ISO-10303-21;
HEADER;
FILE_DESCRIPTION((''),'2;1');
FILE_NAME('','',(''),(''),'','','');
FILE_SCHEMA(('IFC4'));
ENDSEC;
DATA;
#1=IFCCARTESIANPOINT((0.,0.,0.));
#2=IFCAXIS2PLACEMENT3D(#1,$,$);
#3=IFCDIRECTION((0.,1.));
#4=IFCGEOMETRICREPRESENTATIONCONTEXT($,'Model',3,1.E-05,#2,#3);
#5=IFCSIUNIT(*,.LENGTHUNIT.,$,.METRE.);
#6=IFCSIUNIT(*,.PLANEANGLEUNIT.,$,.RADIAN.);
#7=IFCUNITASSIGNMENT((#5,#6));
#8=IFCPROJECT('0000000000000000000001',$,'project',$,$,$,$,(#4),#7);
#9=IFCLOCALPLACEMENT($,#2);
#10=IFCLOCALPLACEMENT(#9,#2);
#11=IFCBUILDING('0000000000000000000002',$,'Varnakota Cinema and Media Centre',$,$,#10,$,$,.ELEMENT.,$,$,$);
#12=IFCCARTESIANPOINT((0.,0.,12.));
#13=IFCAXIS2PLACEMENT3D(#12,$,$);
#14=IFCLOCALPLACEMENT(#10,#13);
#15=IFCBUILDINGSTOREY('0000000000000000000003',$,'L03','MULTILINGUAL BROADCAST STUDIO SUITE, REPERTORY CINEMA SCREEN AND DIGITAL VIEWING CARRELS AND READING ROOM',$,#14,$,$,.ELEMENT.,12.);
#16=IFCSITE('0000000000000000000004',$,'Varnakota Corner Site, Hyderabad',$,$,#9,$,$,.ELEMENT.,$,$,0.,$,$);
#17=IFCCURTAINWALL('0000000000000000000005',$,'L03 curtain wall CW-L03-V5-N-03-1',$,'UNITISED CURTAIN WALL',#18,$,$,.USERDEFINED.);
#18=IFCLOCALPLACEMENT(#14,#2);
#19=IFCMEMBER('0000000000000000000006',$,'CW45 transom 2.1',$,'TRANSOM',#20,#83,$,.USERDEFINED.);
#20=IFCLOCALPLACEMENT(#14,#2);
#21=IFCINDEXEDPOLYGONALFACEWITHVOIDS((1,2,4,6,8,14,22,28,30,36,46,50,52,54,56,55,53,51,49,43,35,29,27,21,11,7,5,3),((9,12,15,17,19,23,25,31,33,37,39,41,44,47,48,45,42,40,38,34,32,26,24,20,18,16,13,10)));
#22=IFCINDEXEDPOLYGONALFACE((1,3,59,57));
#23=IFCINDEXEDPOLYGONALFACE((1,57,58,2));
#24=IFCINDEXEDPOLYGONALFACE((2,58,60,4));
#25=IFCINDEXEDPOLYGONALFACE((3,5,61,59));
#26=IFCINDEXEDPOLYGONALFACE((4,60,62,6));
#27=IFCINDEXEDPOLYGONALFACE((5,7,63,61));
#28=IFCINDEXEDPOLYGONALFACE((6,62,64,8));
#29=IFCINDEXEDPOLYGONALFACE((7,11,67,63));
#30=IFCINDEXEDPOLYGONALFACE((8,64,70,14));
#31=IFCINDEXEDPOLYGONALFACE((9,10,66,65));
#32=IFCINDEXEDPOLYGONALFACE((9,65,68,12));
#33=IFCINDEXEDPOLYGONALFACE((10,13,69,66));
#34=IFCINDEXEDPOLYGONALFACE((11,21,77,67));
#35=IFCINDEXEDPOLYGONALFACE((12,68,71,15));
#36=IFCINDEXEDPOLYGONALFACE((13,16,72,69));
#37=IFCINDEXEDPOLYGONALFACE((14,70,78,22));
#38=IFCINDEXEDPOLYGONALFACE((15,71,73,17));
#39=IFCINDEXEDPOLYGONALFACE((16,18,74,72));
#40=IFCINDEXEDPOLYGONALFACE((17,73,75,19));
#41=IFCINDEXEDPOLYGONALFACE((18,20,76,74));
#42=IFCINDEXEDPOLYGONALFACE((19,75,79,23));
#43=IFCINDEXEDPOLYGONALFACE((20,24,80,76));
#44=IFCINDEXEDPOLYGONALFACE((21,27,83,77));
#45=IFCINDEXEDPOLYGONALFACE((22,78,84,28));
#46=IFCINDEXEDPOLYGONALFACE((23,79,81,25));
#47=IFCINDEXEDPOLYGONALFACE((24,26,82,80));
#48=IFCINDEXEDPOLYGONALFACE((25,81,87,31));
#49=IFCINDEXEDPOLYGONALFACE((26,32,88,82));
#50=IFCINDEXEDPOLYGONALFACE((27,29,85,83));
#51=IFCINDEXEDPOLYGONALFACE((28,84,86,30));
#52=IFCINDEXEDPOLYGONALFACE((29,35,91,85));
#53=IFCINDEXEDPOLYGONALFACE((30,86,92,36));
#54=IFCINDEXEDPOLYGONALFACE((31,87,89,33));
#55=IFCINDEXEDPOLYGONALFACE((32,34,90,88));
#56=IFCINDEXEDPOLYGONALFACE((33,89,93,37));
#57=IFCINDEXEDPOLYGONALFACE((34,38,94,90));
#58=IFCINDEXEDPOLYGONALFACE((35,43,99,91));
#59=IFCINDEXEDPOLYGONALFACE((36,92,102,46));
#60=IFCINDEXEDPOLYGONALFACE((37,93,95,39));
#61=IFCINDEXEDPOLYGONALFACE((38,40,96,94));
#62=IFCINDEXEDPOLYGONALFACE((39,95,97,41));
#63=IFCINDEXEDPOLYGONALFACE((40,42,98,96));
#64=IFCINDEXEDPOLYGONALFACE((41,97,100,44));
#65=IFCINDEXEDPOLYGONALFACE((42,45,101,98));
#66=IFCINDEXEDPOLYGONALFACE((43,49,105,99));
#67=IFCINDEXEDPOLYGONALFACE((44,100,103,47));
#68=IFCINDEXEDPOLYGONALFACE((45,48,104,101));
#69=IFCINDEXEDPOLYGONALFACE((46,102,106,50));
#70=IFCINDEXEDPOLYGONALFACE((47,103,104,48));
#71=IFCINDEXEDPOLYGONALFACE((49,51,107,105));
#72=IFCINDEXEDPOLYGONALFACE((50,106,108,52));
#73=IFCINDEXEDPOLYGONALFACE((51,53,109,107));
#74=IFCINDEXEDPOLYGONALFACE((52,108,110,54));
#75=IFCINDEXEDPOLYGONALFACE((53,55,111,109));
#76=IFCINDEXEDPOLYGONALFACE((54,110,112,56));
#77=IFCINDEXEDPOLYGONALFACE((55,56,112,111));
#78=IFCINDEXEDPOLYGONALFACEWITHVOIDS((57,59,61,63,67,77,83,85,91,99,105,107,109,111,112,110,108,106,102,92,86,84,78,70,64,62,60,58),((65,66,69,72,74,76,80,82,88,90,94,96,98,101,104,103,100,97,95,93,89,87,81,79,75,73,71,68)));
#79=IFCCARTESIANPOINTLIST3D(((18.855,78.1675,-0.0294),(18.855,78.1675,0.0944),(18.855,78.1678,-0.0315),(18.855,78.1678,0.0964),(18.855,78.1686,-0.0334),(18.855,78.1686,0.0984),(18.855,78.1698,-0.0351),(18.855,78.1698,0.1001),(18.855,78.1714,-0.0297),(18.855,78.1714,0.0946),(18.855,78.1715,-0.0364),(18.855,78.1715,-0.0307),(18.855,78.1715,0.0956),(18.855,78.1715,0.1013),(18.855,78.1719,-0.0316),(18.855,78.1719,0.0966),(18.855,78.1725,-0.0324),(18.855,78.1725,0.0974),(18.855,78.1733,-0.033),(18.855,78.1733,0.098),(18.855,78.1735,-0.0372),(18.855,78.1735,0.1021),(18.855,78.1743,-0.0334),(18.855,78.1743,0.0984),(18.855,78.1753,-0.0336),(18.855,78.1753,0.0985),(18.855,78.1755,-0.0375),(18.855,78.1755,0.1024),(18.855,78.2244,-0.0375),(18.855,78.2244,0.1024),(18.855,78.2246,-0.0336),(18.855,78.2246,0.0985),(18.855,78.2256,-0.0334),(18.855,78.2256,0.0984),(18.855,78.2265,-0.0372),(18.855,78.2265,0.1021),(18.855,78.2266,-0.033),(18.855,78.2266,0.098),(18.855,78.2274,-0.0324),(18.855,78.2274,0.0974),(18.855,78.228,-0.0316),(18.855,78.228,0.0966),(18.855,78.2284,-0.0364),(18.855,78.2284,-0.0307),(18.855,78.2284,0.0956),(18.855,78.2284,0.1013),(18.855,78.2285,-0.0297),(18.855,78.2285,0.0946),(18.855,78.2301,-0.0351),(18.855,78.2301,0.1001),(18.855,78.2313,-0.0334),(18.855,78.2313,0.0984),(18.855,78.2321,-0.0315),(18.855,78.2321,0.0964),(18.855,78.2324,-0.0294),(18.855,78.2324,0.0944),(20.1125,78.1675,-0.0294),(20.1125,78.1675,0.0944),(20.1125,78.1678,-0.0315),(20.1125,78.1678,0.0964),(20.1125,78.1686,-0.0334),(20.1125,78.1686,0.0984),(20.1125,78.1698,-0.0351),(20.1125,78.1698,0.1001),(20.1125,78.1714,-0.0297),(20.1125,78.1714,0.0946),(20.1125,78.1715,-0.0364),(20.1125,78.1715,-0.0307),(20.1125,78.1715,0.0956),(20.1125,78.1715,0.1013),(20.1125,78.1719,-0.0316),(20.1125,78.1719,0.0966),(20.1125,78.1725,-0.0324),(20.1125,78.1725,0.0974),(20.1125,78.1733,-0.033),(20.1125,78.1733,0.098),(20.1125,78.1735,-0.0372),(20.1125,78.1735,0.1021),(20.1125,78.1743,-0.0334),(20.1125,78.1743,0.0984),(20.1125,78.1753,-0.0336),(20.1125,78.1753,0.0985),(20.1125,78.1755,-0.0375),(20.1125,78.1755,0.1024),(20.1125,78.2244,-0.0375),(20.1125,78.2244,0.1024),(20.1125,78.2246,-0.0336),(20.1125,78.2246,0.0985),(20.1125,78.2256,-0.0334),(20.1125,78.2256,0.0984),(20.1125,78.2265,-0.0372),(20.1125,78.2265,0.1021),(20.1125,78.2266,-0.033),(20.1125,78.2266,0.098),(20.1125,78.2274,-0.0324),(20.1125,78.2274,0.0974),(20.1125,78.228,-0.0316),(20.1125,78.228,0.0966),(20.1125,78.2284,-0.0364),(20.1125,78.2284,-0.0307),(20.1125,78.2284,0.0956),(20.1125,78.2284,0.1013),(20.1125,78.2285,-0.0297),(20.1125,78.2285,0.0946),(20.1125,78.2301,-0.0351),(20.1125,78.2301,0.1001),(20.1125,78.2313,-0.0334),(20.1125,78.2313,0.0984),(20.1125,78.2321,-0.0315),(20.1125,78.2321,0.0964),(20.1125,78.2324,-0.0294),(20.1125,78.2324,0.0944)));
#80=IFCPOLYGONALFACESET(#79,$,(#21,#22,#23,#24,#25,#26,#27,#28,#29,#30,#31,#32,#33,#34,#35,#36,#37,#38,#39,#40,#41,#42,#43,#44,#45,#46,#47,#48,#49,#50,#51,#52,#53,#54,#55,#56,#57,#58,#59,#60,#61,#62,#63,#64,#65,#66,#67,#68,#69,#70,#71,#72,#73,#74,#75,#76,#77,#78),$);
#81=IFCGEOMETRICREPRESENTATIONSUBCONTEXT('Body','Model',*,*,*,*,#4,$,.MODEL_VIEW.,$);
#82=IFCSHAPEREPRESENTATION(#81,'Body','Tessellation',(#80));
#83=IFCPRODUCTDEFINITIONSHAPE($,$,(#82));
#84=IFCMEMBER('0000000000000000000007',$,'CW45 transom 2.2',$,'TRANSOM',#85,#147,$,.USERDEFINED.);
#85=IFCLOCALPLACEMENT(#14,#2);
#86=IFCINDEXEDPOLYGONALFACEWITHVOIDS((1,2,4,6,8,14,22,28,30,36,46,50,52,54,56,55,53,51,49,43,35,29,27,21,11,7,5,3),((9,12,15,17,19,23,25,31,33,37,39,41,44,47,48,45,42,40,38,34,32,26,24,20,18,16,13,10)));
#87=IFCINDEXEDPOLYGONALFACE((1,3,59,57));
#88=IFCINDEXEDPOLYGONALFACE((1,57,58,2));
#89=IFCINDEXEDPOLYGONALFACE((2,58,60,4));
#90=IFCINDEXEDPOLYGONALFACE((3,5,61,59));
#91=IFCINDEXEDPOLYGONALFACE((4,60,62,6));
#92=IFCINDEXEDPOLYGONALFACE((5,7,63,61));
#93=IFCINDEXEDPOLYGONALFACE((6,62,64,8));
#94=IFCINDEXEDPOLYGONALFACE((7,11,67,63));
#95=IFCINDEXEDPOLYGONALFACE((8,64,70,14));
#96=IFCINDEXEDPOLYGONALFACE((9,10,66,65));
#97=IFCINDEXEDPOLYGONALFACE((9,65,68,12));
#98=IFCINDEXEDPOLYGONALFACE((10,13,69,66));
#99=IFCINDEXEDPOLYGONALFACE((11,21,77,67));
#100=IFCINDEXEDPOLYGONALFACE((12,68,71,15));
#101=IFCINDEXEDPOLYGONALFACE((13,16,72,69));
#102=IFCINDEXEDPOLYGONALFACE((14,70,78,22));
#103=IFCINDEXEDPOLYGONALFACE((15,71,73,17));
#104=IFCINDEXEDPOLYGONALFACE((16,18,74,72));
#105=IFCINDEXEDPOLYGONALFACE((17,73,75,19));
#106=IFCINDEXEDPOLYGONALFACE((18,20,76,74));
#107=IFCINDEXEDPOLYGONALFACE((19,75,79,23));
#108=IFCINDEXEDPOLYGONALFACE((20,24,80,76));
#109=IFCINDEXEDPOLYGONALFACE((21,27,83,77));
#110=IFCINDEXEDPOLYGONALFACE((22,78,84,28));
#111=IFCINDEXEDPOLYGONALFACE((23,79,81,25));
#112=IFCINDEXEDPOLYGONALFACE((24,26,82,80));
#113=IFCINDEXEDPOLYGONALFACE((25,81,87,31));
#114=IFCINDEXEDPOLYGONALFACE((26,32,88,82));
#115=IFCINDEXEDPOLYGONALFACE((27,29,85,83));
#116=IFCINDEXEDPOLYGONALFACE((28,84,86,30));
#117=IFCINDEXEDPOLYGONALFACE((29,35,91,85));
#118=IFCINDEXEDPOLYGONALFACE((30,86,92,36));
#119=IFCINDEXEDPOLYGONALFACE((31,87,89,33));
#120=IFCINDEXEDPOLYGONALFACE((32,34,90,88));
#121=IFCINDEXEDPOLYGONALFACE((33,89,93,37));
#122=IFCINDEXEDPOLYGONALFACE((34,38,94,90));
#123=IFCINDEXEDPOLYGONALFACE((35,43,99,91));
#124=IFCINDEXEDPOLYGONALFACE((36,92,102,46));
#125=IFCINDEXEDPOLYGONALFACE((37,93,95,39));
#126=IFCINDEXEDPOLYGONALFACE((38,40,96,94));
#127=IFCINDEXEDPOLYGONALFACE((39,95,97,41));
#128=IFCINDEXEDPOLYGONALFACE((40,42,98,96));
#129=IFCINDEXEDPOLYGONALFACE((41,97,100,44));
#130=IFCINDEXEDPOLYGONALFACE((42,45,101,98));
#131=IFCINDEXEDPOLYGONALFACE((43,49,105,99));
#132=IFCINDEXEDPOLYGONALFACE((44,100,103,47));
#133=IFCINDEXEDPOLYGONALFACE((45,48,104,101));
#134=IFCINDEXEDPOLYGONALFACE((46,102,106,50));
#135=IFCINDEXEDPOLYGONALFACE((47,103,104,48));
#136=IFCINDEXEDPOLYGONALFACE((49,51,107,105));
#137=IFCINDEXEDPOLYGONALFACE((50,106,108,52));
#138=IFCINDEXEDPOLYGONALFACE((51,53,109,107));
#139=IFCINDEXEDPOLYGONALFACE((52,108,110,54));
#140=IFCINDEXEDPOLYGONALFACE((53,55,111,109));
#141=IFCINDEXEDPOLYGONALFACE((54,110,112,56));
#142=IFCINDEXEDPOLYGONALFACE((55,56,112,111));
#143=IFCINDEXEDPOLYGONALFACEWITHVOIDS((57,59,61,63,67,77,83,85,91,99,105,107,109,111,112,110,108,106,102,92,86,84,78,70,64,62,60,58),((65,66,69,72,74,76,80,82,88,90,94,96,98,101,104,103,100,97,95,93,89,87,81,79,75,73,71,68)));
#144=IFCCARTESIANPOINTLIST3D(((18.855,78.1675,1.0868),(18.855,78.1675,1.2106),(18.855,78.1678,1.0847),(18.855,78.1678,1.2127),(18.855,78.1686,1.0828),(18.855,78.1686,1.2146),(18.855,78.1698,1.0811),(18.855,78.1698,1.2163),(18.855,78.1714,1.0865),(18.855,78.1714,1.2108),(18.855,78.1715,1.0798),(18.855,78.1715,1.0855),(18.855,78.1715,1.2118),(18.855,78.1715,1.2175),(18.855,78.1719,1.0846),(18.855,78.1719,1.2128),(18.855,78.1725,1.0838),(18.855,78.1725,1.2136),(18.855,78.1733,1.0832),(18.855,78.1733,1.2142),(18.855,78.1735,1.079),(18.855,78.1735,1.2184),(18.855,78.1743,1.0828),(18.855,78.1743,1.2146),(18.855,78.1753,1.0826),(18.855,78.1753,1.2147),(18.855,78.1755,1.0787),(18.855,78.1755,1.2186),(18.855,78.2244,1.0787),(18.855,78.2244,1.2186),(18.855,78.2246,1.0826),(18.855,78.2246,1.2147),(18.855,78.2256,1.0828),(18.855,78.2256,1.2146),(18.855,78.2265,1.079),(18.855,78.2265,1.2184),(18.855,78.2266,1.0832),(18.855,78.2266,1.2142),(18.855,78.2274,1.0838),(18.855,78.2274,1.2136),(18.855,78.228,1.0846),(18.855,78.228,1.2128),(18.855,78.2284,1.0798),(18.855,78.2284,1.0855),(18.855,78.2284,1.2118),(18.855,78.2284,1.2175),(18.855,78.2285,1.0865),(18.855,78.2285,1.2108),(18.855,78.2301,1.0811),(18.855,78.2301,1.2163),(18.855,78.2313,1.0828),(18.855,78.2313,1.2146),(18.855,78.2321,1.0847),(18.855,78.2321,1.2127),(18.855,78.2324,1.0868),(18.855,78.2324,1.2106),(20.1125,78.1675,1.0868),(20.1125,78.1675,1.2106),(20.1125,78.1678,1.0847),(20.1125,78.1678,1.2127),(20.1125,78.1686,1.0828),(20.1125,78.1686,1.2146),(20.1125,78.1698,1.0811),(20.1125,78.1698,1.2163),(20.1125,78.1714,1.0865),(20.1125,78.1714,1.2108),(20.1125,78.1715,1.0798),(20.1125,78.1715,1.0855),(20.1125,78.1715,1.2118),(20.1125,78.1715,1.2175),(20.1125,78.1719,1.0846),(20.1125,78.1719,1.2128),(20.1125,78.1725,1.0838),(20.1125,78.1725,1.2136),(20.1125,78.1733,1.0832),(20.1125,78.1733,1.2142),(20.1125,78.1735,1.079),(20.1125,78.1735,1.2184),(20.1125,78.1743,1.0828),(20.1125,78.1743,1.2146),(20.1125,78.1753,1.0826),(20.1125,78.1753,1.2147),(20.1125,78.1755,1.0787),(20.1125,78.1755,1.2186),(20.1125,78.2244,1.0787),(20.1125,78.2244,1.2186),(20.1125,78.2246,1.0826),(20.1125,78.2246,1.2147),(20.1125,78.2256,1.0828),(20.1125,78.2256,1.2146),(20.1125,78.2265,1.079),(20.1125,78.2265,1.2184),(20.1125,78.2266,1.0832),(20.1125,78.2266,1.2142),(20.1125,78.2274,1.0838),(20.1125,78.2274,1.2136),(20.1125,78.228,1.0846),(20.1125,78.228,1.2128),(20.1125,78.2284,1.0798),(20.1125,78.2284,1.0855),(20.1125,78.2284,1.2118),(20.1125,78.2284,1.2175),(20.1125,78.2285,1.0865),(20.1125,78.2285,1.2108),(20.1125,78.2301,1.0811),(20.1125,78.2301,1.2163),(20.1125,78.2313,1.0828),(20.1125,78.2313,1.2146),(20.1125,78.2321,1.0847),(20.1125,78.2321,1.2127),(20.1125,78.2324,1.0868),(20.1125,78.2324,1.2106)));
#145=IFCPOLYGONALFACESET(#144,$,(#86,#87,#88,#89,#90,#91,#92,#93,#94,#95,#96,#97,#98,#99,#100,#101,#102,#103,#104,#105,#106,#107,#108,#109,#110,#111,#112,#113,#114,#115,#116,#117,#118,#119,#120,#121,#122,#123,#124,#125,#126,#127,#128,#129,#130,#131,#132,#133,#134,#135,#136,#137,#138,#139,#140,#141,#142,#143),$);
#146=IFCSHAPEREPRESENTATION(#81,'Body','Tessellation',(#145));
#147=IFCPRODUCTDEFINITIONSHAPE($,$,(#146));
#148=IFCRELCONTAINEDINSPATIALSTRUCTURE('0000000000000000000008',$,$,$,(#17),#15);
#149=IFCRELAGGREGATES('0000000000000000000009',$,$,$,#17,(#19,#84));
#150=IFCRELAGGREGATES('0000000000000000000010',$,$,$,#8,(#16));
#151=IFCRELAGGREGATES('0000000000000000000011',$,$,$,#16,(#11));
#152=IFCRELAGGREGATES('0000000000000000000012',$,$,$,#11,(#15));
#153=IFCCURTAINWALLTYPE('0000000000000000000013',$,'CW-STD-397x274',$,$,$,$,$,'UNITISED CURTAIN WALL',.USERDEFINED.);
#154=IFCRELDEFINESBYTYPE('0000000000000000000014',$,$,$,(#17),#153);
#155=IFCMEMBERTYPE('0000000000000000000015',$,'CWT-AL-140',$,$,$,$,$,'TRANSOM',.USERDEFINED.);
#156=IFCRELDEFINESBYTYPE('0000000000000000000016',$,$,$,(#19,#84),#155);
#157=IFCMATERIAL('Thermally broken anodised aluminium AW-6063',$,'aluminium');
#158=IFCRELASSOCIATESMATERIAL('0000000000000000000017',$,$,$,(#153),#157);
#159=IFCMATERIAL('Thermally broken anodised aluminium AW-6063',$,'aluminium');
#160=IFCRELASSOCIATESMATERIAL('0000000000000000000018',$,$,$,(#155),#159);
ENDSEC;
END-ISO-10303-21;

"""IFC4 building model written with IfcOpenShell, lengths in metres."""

from ifc_helpers import new_model, si_unit, direction, frame, origin, origin_2d, place, context, subcontext, project, spatial, hollow_rectangle, extrude, material, material_profile, profile_set, type_object, element, aggregate, save


model = new_model("IFC4")

# Units and contexts
model_context = context("Model", 3, precision=1e-05, world=origin(), true_north=direction((0.0, 1.0)))
body_context = subcontext(model_context, "Body", "Model", "MODEL_VIEW")
ifc_project = project(units=[si_unit("LENGTHUNIT", "METRE"), si_unit("PLANEANGLEUNIT", "RADIAN")], contexts=[model_context])

# Site, building, storey
site_placement = place(None, origin())
site = spatial("IfcSite", under=ifc_project, at=site_placement, Name="Varnakota Corner Site, Hyderabad", CompositionType="ELEMENT", RefElevation=0.0)
building_placement = place(site_placement, origin())
building = spatial("IfcBuilding", under=site, at=building_placement, Name="Varnakota Cinema and Media Centre", CompositionType="ELEMENT")
storey_placement = place(building_placement, frame((0.0, 0.0, 12.0)))
storey = spatial("IfcBuildingStorey", under=building, at=storey_placement, Name="L03", Description="MULTILINGUAL BROADCAST STUDIO SUITE, REPERTORY CINEMA SCREEN AND DIGITAL VIEWING CARRELS AND READING ROOM", CompositionType="ELEMENT", Elevation=12.0)

# Curtain wall
ifc_material_1 = material(Name="Thermally broken anodised aluminium AW-6063", Category="aluminium")
curtain_wall_type_1 = type_object("IfcCurtainWallType", Name="CW-STD-397x274", ElementType="UNITISED CURTAIN WALL", PredefinedType="USERDEFINED", material=ifc_material_1)
curtain_wall_1_placement = place(storey_placement, origin())
curtain_wall_1 = element("IfcCurtainWall", 1, at=curtain_wall_1_placement, inside=storey, type_object=curtain_wall_type_1, Name="L03 curtain wall CW-L03-V5-N-03-1", ObjectType="UNITISED CURTAIN WALL", PredefinedType="USERDEFINED")

# Members
ifc_material_2 = material(Name="Thermally broken anodised aluminium AW-6063", Category="aluminium")
ifc_material_profile_1 = material_profile(ifc_material_2, hollow_rectangle(XDim=0.0649, YDim=0.1399, WallThickness=0.0039, InnerFilletRadius=0.0039, OuterFilletRadius=0.0081, at=origin_2d()), Name="AL-TRANSOM 140x65x4")
ifc_profile_set_1 = profile_set([ifc_material_profile_1], Name="Thermally broken anodised aluminium AW-6063")
member_type_1 = type_object("IfcMemberType", Name="CWT-AL-140", ElementType="TRANSOM", PredefinedType="USERDEFINED", material=ifc_profile_set_1)
member_1_placement = place(storey_placement, frame((18.855, 78.2, 0.0325), z_axis=(1.0, 0.0, 0.0), x_axis=(0.0, 1.0, 0.0)))
member_1 = element("IfcMember", 2, at=member_1_placement, type_object=member_type_1, Name="CW45 transom 2.1", ObjectType="TRANSOM", PredefinedType="USERDEFINED", context=body_context, shape_type="SweptSolid", body=[
    extrude(hollow_rectangle(XDim=0.0649, YDim=0.1399, WallThickness=0.0039, InnerFilletRadius=0.0039, OuterFilletRadius=0.0081, at=origin_2d()), origin(), (0.0, 0.0, 1.0), 1.2576),
])
member_2_placement = place(storey_placement, frame((18.855, 78.2, 1.1487), z_axis=(1.0, 0.0, 0.0), x_axis=(0.0, 1.0, 0.0)))
member_2 = element("IfcMember", 3, at=member_2_placement, type_object=member_type_1, Name="CW45 transom 2.2", ObjectType="TRANSOM", PredefinedType="USERDEFINED", context=body_context, shape_type="SweptSolid", body=[
    extrude(hollow_rectangle(XDim=0.0649, YDim=0.1399, WallThickness=0.0039, InnerFilletRadius=0.0039, OuterFilletRadius=0.0081, at=origin_2d()), origin(), (0.0, 0.0, 1.0), 1.2576),
])

aggregate(curtain_wall_1, [member_1, member_2])

save(model, "model.ifc")
